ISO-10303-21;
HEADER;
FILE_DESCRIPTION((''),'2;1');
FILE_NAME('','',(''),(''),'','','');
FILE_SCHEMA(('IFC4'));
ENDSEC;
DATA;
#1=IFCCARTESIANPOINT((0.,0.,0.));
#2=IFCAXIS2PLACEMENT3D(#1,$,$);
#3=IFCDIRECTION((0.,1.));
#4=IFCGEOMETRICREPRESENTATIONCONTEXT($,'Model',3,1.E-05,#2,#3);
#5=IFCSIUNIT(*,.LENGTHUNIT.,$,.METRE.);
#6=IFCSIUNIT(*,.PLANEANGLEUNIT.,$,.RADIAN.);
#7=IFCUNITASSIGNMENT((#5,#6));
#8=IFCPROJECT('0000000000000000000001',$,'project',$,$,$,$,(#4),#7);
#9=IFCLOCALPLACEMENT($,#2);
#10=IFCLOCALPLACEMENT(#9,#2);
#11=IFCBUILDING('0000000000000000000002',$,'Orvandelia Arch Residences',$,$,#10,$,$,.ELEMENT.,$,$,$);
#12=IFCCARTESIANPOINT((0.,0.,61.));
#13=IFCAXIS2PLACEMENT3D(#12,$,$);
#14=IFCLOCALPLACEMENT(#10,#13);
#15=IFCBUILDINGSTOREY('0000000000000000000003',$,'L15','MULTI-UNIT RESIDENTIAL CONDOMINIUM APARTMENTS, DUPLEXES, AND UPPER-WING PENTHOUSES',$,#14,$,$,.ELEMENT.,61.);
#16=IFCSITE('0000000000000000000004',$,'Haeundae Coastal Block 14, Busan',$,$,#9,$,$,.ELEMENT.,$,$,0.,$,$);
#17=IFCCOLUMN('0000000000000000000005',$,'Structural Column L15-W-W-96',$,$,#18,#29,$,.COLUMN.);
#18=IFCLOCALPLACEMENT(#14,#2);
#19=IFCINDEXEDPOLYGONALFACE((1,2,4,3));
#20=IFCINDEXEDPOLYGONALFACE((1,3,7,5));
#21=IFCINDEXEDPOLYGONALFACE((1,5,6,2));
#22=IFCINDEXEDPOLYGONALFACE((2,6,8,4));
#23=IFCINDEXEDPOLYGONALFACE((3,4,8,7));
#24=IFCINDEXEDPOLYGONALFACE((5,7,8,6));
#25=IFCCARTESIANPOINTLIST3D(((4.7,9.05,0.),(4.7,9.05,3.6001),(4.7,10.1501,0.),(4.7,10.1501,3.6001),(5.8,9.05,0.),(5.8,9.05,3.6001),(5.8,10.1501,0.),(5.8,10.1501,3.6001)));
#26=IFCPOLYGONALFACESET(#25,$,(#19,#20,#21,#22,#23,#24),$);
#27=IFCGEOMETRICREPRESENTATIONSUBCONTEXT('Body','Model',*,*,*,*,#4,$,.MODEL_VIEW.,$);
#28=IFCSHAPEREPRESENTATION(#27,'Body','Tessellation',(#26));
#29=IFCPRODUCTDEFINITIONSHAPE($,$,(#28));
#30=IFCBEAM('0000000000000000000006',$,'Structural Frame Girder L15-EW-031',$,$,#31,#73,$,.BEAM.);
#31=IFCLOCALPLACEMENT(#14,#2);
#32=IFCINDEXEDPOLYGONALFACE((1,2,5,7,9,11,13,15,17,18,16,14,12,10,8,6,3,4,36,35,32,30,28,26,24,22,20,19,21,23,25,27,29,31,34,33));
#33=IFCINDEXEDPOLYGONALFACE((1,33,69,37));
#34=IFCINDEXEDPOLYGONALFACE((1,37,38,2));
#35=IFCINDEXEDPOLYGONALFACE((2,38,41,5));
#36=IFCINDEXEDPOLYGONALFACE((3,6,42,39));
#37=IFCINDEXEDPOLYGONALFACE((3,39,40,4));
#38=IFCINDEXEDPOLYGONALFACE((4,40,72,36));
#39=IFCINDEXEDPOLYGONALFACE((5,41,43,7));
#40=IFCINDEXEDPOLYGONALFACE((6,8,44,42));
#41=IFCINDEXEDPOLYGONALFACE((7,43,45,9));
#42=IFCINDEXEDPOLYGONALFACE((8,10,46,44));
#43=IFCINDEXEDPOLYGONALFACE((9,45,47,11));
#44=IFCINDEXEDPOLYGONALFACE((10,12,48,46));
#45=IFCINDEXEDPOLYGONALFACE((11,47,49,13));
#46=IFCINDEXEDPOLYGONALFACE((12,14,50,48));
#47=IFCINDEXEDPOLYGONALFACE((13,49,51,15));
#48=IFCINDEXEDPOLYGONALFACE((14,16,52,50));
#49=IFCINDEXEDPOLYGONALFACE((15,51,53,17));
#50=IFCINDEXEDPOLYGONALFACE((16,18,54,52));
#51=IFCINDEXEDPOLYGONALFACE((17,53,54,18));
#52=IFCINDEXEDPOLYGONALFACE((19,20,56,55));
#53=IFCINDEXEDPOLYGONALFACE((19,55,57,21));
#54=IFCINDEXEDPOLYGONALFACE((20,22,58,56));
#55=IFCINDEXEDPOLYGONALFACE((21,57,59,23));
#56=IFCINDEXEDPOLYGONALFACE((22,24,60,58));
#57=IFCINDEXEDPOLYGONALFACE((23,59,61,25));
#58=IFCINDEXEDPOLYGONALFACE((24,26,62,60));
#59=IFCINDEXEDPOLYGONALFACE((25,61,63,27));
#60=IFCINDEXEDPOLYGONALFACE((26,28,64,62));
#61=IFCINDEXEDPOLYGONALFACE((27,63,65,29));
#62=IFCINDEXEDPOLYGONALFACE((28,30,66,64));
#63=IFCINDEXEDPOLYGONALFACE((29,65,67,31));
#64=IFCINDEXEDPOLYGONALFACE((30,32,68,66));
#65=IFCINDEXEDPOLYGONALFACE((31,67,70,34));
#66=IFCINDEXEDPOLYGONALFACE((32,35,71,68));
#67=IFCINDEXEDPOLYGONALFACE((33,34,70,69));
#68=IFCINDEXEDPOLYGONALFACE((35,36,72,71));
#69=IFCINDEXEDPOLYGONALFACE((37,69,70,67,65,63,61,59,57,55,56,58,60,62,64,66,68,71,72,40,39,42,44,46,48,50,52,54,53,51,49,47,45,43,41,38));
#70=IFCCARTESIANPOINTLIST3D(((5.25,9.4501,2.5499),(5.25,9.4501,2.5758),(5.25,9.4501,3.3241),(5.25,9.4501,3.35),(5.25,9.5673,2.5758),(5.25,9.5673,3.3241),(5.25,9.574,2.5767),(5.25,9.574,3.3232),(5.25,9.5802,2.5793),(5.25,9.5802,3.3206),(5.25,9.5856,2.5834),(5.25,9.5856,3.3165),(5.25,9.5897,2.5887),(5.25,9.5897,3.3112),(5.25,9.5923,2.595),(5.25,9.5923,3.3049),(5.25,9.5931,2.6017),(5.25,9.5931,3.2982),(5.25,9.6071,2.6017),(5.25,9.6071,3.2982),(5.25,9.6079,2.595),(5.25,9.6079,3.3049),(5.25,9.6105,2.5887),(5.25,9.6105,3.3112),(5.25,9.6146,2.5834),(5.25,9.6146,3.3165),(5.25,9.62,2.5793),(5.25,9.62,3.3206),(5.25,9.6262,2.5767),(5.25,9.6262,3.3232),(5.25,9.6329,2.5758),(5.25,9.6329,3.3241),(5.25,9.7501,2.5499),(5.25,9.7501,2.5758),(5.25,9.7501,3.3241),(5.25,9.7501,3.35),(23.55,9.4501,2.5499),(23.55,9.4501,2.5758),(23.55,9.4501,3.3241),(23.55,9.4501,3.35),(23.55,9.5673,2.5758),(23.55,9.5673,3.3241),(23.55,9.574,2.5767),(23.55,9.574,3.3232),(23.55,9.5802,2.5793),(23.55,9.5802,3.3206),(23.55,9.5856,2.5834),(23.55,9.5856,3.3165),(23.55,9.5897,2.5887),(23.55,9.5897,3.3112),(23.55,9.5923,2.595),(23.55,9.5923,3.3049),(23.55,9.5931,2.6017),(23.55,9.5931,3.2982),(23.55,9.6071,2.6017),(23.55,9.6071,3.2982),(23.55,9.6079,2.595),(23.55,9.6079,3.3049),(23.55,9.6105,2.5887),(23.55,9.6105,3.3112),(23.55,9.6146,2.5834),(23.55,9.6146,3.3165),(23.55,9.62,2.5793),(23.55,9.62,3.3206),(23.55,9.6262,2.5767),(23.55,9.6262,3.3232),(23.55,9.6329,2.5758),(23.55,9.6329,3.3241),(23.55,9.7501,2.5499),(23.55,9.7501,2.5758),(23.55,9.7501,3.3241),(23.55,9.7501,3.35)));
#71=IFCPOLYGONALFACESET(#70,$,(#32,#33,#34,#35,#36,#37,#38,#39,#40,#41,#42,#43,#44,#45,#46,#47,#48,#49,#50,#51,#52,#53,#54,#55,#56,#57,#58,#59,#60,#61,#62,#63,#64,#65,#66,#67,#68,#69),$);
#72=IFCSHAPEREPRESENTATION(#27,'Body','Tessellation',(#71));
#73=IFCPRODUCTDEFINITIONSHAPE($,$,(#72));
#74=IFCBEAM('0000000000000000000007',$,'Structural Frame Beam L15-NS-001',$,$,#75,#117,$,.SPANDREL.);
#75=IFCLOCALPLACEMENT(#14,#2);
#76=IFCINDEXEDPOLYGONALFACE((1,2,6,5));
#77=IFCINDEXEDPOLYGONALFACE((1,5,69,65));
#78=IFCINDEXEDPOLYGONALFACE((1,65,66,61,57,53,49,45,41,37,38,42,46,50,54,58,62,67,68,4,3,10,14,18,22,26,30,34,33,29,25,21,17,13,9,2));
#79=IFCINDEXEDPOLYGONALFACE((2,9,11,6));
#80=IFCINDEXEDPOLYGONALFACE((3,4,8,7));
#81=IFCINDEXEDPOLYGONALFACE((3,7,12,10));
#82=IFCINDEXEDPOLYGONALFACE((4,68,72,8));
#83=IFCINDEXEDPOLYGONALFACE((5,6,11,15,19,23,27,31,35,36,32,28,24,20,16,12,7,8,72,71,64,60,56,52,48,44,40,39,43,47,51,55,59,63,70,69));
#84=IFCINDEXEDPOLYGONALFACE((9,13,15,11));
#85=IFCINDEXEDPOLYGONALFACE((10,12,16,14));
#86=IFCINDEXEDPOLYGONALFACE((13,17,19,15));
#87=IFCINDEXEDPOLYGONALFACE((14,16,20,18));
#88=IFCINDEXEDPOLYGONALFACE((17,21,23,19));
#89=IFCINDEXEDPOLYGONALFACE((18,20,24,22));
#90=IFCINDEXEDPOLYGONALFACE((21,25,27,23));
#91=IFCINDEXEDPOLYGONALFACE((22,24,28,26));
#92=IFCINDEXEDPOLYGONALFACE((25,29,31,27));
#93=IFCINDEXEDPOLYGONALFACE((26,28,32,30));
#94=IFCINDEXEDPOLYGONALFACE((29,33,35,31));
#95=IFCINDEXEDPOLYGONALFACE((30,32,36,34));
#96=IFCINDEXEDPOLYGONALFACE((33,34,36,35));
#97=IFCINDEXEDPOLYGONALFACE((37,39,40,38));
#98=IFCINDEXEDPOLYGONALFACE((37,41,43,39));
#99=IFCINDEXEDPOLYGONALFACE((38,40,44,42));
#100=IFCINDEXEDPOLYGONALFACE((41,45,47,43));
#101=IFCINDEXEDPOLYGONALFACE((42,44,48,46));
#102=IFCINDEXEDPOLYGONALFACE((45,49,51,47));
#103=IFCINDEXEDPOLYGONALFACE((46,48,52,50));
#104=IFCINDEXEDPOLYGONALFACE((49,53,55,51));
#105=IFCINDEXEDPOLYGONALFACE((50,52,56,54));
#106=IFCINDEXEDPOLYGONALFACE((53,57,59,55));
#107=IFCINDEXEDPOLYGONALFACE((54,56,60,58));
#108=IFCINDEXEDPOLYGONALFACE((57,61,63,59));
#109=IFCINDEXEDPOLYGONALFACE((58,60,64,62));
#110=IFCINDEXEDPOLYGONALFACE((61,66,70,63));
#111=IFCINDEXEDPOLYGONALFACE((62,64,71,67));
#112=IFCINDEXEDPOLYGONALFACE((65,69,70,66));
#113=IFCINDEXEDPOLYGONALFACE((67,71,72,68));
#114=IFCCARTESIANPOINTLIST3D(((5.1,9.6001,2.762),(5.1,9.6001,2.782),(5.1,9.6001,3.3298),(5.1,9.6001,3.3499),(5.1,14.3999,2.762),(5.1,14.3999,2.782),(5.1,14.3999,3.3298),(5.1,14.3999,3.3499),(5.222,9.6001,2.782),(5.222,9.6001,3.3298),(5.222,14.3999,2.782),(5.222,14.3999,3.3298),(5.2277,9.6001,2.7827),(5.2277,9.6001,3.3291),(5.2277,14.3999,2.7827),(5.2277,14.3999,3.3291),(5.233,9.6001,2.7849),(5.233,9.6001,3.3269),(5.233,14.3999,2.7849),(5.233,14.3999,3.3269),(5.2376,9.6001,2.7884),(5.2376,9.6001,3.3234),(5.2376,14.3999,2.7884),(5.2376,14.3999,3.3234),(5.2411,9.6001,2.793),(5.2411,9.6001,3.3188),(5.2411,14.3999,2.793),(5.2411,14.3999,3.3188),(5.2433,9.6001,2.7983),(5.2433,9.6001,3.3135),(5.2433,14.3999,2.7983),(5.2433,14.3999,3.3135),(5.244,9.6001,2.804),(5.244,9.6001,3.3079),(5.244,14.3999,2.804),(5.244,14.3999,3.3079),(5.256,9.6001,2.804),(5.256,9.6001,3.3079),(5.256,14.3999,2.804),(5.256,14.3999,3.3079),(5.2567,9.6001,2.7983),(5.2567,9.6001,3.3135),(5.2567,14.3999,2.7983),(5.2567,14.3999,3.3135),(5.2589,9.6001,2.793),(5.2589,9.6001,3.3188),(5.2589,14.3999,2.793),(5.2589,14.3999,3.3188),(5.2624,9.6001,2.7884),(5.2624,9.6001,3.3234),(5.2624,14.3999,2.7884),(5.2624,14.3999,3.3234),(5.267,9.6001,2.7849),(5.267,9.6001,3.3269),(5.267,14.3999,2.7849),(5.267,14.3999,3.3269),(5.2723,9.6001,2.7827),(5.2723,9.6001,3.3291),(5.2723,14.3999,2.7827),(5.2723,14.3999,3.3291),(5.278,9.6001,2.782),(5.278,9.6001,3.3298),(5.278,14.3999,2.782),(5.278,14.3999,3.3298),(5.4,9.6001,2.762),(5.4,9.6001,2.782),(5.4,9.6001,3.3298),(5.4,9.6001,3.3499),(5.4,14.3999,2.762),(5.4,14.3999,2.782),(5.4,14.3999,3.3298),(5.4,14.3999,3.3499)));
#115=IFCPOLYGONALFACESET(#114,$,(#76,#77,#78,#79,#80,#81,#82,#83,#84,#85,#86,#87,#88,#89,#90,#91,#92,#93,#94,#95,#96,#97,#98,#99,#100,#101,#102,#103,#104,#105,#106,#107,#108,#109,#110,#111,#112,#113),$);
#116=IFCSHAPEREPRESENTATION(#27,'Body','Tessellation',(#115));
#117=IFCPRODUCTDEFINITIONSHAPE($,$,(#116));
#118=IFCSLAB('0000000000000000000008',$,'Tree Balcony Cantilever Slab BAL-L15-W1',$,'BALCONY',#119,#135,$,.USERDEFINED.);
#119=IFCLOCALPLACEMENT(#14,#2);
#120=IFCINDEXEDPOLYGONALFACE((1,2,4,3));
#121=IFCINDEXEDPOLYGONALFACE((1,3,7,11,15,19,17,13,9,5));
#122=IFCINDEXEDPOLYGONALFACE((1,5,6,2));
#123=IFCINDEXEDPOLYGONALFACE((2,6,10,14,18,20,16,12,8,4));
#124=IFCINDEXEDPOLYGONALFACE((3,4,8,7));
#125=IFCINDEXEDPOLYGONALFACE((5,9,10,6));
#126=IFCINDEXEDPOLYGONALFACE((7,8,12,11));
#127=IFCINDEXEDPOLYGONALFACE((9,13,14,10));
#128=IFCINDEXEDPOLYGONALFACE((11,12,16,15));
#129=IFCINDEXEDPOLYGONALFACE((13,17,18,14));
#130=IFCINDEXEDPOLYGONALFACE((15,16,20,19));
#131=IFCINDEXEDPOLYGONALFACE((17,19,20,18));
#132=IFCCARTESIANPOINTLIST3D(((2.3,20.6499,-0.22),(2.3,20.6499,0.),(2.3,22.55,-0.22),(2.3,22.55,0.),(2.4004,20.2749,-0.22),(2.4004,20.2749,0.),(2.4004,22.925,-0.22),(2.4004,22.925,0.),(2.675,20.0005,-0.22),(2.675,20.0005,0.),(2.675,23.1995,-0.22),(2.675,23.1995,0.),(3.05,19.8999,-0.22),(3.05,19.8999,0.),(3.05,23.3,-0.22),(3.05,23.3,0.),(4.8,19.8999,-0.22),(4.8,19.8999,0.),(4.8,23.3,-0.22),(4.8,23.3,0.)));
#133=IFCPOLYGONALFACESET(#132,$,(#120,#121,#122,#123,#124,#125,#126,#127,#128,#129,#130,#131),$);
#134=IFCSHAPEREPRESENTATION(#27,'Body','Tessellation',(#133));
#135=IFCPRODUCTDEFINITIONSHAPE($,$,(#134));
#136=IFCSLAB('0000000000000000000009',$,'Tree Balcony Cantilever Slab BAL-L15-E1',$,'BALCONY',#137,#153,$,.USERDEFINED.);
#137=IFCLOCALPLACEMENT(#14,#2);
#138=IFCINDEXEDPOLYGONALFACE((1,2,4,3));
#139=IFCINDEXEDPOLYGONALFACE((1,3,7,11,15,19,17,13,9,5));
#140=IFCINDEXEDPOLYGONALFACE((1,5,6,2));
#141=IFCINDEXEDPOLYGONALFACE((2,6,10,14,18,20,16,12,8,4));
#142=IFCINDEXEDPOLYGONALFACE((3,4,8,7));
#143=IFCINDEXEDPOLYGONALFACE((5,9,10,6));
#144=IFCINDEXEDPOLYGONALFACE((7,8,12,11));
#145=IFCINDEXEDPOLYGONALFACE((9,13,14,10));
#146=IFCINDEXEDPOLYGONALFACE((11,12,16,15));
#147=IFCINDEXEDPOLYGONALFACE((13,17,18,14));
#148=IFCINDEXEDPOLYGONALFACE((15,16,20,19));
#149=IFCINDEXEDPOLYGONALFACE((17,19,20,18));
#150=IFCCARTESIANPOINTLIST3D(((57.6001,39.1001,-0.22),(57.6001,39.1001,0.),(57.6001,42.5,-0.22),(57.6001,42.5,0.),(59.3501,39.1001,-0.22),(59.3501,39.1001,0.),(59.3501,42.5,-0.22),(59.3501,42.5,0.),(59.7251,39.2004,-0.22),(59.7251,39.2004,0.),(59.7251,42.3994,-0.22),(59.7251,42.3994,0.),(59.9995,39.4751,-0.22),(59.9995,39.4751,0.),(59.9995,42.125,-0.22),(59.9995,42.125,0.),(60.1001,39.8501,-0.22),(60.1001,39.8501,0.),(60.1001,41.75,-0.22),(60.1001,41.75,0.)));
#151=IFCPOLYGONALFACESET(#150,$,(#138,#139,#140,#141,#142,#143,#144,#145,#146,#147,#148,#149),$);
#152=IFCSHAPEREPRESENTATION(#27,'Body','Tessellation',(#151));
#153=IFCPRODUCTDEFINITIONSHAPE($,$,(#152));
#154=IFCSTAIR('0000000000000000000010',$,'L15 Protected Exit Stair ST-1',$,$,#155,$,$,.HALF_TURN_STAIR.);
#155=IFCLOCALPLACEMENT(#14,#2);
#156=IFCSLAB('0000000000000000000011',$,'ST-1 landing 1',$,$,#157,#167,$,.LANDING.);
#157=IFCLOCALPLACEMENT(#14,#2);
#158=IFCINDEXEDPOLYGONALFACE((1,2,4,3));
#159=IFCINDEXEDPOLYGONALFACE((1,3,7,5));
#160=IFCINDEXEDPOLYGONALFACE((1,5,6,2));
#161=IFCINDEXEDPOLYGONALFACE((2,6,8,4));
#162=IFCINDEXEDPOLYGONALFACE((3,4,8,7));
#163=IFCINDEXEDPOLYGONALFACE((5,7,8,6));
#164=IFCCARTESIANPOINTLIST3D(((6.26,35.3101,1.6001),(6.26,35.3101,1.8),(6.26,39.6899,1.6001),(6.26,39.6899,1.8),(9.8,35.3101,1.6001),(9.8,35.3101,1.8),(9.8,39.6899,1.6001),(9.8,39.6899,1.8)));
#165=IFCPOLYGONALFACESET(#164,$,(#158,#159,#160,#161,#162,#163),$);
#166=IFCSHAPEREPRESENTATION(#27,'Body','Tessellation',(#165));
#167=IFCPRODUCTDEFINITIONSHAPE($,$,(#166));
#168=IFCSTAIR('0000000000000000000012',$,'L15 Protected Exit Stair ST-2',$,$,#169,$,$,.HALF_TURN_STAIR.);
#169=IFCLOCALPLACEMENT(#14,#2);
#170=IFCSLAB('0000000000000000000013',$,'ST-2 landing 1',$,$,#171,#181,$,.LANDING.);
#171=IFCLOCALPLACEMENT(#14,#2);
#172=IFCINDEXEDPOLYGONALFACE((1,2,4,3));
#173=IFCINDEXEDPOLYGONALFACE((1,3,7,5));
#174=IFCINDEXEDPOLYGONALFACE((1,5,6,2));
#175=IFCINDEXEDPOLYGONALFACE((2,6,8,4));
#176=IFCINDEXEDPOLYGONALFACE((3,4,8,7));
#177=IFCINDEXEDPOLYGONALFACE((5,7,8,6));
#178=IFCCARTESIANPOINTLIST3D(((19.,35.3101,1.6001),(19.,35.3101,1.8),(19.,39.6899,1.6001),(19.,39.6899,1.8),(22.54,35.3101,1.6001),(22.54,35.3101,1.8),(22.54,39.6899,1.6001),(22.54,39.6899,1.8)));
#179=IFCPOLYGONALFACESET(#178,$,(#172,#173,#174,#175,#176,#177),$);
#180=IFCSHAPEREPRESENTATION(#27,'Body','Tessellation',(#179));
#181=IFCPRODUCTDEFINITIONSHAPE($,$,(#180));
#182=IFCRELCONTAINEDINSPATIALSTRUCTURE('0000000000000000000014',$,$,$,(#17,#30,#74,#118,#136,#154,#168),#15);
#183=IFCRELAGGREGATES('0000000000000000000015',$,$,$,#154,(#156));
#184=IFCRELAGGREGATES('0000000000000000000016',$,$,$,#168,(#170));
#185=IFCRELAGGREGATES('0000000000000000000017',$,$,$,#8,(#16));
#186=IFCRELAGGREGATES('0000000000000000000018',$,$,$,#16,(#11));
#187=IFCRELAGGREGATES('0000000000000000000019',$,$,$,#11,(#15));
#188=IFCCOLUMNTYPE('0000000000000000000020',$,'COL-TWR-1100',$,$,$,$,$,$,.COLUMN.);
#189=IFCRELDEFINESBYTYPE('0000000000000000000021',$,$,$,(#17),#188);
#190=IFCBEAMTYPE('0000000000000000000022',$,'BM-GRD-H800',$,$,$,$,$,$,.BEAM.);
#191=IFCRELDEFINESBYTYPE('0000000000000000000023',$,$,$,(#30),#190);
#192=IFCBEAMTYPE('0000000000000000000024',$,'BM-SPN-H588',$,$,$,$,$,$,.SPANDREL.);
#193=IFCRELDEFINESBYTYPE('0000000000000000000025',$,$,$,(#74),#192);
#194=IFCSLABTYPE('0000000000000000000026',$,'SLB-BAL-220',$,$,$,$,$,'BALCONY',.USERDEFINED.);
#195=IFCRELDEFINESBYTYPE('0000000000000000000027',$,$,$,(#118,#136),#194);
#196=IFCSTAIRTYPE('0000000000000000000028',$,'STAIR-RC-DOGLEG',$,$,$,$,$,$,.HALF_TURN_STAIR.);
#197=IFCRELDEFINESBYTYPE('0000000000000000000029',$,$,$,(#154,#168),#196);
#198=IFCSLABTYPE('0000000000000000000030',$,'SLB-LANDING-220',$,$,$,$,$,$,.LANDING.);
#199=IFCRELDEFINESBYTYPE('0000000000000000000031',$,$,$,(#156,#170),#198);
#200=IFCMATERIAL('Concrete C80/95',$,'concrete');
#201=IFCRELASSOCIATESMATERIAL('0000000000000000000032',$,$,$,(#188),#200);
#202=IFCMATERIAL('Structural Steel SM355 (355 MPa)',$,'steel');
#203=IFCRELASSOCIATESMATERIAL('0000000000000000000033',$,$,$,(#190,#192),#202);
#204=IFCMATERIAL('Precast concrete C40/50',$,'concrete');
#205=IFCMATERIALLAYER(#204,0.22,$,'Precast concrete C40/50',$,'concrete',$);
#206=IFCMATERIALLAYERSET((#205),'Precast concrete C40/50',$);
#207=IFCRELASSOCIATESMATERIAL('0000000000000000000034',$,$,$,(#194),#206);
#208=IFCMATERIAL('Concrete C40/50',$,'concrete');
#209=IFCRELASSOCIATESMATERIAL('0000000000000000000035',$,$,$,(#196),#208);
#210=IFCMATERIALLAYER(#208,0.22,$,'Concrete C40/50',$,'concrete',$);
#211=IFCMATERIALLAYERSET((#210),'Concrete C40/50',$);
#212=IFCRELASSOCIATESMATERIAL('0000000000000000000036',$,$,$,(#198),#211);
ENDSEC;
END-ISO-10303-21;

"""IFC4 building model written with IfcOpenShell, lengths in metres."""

from ifc_helpers import new_model, si_unit, direction, frame, origin, origin_2d, place, context, subcontext, project, spatial, polyline, rectangle, i_section, outline, extrude, material, layer, layer_set, material_profile, profile_set, type_object, element, aggregate, save


model = new_model("IFC4")

# Units and contexts
model_context = context("Model", 3, precision=1e-05, world=origin(), true_north=direction((0.0, 1.0)))
body_context = subcontext(model_context, "Body", "Model", "MODEL_VIEW")
ifc_project = project(units=[si_unit("LENGTHUNIT", "METRE"), si_unit("PLANEANGLEUNIT", "RADIAN")], contexts=[model_context])

# Site, building, storey
site_placement = place(None, origin())
site = spatial("IfcSite", under=ifc_project, at=site_placement, Name="Haeundae Coastal Block 14, Busan", CompositionType="ELEMENT", RefElevation=0.0)
building_placement = place(site_placement, origin())
building = spatial("IfcBuilding", under=site, at=building_placement, Name="Orvandelia Arch Residences", CompositionType="ELEMENT")
storey_placement = place(building_placement, frame((0.0, 0.0, 61.0)))
storey = spatial("IfcBuildingStorey", under=building, at=storey_placement, Name="L15", Description="MULTI-UNIT RESIDENTIAL CONDOMINIUM APARTMENTS, DUPLEXES, AND UPPER-WING PENTHOUSES", CompositionType="ELEMENT", Elevation=61.0)

# Column
ifc_material_1 = material(Name="Concrete C80/95", Category="concrete")
ifc_material_profile_1 = material_profile(ifc_material_1, rectangle(XDim=1.1001, YDim=1.1001, at=origin_2d()), Name="Concrete C80/95", Category="concrete")
ifc_profile_set_1 = profile_set([ifc_material_profile_1], Name="Concrete C80/95")
column_type = type_object("IfcColumnType", Name="COL-TWR-1100", PredefinedType="COLUMN", material=ifc_profile_set_1)
column_placement = place(storey_placement, frame((5.25, 9.6001, 0.0), z_axis=(0.0, 0.0, 1.0), x_axis=(1.0, 0.0, 0.0)))
element("IfcColumn", 1, at=column_placement, inside=storey, type_object=column_type, Name="Structural Column L15-W-W-96", PredefinedType="COLUMN", context=body_context, shape_type="SweptSolid", body=[
    extrude(rectangle(XDim=1.1001, YDim=1.1001, at=origin_2d()), origin(), (0.0, 0.0, 1.0), 3.6001),
])

# Beams
ifc_material_2 = material(Name="Structural Steel SM355 (355 MPa)", Category="steel")
ifc_material_profile_2 = material_profile(ifc_material_2, i_section(OverallWidth=0.3, OverallDepth=0.8, WebThickness=0.0139, FlangeThickness=0.0259, FilletRadius=0.0259, at=origin_2d()), Name="Structural Steel SM355 (355 MPa)", Category="steel")
ifc_profile_set_2 = profile_set([ifc_material_profile_2], Name="Structural Steel SM355 (355 MPa)")
beam_type_1 = type_object("IfcBeamType", Name="BM-GRD-H800", PredefinedType="BEAM", material=ifc_profile_set_2)
beam_1_placement = place(storey_placement, frame((5.25, 9.6001, 2.95), z_axis=(1.0, 0.0, 0.0), x_axis=(0.0, 1.0, 0.0)))
element("IfcBeam", 2, at=beam_1_placement, inside=storey, type_object=beam_type_1, Name="Structural Frame Girder L15-EW-031", PredefinedType="BEAM", context=body_context, shape_type="SweptSolid", body=[
    extrude(i_section(OverallWidth=0.3, OverallDepth=0.8, WebThickness=0.0139, FlangeThickness=0.0259, FilletRadius=0.0259, at=origin_2d()), origin(), (0.0, 0.0, 1.0), 18.3),
])
ifc_material_profile_3 = material_profile(ifc_material_2, i_section(OverallWidth=0.3, OverallDepth=0.5879, WebThickness=0.012, FlangeThickness=0.02, FilletRadius=0.022, at=origin_2d()), Name="Structural Steel SM355 (355 MPa)", Category="steel")
ifc_profile_set_3 = profile_set([ifc_material_profile_3], Name="Structural Steel SM355 (355 MPa)")
beam_type_2 = type_object("IfcBeamType", Name="BM-SPN-H588", PredefinedType="SPANDREL", material=ifc_profile_set_3)
beam_2_placement = place(storey_placement, frame((5.25, 9.6001, 3.0559), z_axis=(0.0, 1.0, 0.0), x_axis=(-1.0, 0.0, 0.0)))
element("IfcBeam", 3, at=beam_2_placement, inside=storey, type_object=beam_type_2, Name="Structural Frame Beam L15-NS-001", PredefinedType="SPANDREL", context=body_context, shape_type="SweptSolid", body=[
    extrude(i_section(OverallWidth=0.3, OverallDepth=0.5879, WebThickness=0.012, FlangeThickness=0.02, FilletRadius=0.022, at=origin_2d()), origin(), (0.0, 0.0, 1.0), 4.7998),
])

# Slabs
ifc_material_3 = material(Name="Precast concrete C40/50", Category="concrete")
ifc_layer_1 = layer(ifc_material_3, 0.22, Name="Precast concrete C40/50", Category="concrete")
ifc_layer_set_1 = layer_set([ifc_layer_1], Name="Precast concrete C40/50")
slab_type_1 = type_object("IfcSlabType", Name="SLB-BAL-220", ElementType="BALCONY", PredefinedType="USERDEFINED", material=ifc_layer_set_1)
slab_1_placement = place(storey_placement, frame((0.0, 0.0, -0.22)))
element("IfcSlab", 4, at=slab_1_placement, inside=storey, type_object=slab_type_1, Name="Tree Balcony Cantilever Slab BAL-L15-W1", ObjectType="BALCONY", PredefinedType="USERDEFINED", context=body_context, shape_type="SweptSolid", body=[
    extrude(outline(polyline([(4.8, 19.8999), (4.8, 23.3), (3.05, 23.3), (2.675, 23.1995), (2.4004, 22.925), (2.3, 22.55), (2.3, 20.6499), (2.4004, 20.2749), (2.675, 20.0005), (3.05, 19.8999), (4.8, 19.8999)])), origin(), (0.0, 0.0, 1.0), 0.22),
])
slab_2_placement = place(storey_placement, frame((0.0, 0.0, -0.22)))
element("IfcSlab", 5, at=slab_2_placement, inside=storey, type_object=slab_type_1, Name="Tree Balcony Cantilever Slab BAL-L15-E1", ObjectType="BALCONY", PredefinedType="USERDEFINED", context=body_context, shape_type="SweptSolid", body=[
    extrude(outline(polyline([(57.6001, 42.5), (57.6001, 39.1001), (59.3501, 39.1001), (59.7251, 39.2004), (59.9995, 39.4751), (60.1001, 39.8501), (60.1001, 41.75), (59.9995, 42.125), (59.7251, 42.3994), (59.3501, 42.5), (57.6001, 42.5)])), origin(), (0.0, 0.0, 1.0), 0.22),
])

# Stairs, slabs
ifc_material_4 = material(Name="Concrete C40/50", Category="concrete")
stair_type = type_object("IfcStairType", Name="STAIR-RC-DOGLEG", PredefinedType="HALF_TURN_STAIR", material=ifc_material_4)
stair_1_placement = place(storey_placement, origin())
stair_1 = element("IfcStair", 6, at=stair_1_placement, inside=storey, type_object=stair_type, Name="L15 Protected Exit Stair ST-1", PredefinedType="HALF_TURN_STAIR")
ifc_layer_2 = layer(ifc_material_4, 0.22, Name="Concrete C40/50", Category="concrete")
ifc_layer_set_2 = layer_set([ifc_layer_2], Name="Concrete C40/50")
slab_type_2 = type_object("IfcSlabType", Name="SLB-LANDING-220", PredefinedType="LANDING", material=ifc_layer_set_2)
slab_3_placement = place(storey_placement, frame((0.0, 0.0, 1.6001)))
slab_3 = element("IfcSlab", 7, at=slab_3_placement, type_object=slab_type_2, Name="ST-1 landing 1", PredefinedType="LANDING", context=body_context, shape_type="SweptSolid", body=[
    extrude(outline(polyline([(9.8, 35.3101), (9.8, 39.6899), (6.26, 39.6899), (6.26, 35.3101), (9.8, 35.3101)])), origin(), (0.0, 0.0, 1.0), 0.2),
])
aggregate(stair_1, [slab_3])
stair_2_placement = place(storey_placement, origin())
stair_2 = element("IfcStair", 8, at=stair_2_placement, inside=storey, type_object=stair_type, Name="L15 Protected Exit Stair ST-2", PredefinedType="HALF_TURN_STAIR")
slab_4_placement = place(storey_placement, frame((0.0, 0.0, 1.6001)))
slab_4 = element("IfcSlab", 9, at=slab_4_placement, type_object=slab_type_2, Name="ST-2 landing 1", PredefinedType="LANDING", context=body_context, shape_type="SweptSolid", body=[
    extrude(outline(polyline([(22.54, 35.3101), (22.54, 39.6899), (19.0, 39.6899), (19.0, 35.3101), (22.54, 35.3101)])), origin(), (0.0, 0.0, 1.0), 0.2),
])
aggregate(stair_2, [slab_4])

save(model, "model.ifc")
